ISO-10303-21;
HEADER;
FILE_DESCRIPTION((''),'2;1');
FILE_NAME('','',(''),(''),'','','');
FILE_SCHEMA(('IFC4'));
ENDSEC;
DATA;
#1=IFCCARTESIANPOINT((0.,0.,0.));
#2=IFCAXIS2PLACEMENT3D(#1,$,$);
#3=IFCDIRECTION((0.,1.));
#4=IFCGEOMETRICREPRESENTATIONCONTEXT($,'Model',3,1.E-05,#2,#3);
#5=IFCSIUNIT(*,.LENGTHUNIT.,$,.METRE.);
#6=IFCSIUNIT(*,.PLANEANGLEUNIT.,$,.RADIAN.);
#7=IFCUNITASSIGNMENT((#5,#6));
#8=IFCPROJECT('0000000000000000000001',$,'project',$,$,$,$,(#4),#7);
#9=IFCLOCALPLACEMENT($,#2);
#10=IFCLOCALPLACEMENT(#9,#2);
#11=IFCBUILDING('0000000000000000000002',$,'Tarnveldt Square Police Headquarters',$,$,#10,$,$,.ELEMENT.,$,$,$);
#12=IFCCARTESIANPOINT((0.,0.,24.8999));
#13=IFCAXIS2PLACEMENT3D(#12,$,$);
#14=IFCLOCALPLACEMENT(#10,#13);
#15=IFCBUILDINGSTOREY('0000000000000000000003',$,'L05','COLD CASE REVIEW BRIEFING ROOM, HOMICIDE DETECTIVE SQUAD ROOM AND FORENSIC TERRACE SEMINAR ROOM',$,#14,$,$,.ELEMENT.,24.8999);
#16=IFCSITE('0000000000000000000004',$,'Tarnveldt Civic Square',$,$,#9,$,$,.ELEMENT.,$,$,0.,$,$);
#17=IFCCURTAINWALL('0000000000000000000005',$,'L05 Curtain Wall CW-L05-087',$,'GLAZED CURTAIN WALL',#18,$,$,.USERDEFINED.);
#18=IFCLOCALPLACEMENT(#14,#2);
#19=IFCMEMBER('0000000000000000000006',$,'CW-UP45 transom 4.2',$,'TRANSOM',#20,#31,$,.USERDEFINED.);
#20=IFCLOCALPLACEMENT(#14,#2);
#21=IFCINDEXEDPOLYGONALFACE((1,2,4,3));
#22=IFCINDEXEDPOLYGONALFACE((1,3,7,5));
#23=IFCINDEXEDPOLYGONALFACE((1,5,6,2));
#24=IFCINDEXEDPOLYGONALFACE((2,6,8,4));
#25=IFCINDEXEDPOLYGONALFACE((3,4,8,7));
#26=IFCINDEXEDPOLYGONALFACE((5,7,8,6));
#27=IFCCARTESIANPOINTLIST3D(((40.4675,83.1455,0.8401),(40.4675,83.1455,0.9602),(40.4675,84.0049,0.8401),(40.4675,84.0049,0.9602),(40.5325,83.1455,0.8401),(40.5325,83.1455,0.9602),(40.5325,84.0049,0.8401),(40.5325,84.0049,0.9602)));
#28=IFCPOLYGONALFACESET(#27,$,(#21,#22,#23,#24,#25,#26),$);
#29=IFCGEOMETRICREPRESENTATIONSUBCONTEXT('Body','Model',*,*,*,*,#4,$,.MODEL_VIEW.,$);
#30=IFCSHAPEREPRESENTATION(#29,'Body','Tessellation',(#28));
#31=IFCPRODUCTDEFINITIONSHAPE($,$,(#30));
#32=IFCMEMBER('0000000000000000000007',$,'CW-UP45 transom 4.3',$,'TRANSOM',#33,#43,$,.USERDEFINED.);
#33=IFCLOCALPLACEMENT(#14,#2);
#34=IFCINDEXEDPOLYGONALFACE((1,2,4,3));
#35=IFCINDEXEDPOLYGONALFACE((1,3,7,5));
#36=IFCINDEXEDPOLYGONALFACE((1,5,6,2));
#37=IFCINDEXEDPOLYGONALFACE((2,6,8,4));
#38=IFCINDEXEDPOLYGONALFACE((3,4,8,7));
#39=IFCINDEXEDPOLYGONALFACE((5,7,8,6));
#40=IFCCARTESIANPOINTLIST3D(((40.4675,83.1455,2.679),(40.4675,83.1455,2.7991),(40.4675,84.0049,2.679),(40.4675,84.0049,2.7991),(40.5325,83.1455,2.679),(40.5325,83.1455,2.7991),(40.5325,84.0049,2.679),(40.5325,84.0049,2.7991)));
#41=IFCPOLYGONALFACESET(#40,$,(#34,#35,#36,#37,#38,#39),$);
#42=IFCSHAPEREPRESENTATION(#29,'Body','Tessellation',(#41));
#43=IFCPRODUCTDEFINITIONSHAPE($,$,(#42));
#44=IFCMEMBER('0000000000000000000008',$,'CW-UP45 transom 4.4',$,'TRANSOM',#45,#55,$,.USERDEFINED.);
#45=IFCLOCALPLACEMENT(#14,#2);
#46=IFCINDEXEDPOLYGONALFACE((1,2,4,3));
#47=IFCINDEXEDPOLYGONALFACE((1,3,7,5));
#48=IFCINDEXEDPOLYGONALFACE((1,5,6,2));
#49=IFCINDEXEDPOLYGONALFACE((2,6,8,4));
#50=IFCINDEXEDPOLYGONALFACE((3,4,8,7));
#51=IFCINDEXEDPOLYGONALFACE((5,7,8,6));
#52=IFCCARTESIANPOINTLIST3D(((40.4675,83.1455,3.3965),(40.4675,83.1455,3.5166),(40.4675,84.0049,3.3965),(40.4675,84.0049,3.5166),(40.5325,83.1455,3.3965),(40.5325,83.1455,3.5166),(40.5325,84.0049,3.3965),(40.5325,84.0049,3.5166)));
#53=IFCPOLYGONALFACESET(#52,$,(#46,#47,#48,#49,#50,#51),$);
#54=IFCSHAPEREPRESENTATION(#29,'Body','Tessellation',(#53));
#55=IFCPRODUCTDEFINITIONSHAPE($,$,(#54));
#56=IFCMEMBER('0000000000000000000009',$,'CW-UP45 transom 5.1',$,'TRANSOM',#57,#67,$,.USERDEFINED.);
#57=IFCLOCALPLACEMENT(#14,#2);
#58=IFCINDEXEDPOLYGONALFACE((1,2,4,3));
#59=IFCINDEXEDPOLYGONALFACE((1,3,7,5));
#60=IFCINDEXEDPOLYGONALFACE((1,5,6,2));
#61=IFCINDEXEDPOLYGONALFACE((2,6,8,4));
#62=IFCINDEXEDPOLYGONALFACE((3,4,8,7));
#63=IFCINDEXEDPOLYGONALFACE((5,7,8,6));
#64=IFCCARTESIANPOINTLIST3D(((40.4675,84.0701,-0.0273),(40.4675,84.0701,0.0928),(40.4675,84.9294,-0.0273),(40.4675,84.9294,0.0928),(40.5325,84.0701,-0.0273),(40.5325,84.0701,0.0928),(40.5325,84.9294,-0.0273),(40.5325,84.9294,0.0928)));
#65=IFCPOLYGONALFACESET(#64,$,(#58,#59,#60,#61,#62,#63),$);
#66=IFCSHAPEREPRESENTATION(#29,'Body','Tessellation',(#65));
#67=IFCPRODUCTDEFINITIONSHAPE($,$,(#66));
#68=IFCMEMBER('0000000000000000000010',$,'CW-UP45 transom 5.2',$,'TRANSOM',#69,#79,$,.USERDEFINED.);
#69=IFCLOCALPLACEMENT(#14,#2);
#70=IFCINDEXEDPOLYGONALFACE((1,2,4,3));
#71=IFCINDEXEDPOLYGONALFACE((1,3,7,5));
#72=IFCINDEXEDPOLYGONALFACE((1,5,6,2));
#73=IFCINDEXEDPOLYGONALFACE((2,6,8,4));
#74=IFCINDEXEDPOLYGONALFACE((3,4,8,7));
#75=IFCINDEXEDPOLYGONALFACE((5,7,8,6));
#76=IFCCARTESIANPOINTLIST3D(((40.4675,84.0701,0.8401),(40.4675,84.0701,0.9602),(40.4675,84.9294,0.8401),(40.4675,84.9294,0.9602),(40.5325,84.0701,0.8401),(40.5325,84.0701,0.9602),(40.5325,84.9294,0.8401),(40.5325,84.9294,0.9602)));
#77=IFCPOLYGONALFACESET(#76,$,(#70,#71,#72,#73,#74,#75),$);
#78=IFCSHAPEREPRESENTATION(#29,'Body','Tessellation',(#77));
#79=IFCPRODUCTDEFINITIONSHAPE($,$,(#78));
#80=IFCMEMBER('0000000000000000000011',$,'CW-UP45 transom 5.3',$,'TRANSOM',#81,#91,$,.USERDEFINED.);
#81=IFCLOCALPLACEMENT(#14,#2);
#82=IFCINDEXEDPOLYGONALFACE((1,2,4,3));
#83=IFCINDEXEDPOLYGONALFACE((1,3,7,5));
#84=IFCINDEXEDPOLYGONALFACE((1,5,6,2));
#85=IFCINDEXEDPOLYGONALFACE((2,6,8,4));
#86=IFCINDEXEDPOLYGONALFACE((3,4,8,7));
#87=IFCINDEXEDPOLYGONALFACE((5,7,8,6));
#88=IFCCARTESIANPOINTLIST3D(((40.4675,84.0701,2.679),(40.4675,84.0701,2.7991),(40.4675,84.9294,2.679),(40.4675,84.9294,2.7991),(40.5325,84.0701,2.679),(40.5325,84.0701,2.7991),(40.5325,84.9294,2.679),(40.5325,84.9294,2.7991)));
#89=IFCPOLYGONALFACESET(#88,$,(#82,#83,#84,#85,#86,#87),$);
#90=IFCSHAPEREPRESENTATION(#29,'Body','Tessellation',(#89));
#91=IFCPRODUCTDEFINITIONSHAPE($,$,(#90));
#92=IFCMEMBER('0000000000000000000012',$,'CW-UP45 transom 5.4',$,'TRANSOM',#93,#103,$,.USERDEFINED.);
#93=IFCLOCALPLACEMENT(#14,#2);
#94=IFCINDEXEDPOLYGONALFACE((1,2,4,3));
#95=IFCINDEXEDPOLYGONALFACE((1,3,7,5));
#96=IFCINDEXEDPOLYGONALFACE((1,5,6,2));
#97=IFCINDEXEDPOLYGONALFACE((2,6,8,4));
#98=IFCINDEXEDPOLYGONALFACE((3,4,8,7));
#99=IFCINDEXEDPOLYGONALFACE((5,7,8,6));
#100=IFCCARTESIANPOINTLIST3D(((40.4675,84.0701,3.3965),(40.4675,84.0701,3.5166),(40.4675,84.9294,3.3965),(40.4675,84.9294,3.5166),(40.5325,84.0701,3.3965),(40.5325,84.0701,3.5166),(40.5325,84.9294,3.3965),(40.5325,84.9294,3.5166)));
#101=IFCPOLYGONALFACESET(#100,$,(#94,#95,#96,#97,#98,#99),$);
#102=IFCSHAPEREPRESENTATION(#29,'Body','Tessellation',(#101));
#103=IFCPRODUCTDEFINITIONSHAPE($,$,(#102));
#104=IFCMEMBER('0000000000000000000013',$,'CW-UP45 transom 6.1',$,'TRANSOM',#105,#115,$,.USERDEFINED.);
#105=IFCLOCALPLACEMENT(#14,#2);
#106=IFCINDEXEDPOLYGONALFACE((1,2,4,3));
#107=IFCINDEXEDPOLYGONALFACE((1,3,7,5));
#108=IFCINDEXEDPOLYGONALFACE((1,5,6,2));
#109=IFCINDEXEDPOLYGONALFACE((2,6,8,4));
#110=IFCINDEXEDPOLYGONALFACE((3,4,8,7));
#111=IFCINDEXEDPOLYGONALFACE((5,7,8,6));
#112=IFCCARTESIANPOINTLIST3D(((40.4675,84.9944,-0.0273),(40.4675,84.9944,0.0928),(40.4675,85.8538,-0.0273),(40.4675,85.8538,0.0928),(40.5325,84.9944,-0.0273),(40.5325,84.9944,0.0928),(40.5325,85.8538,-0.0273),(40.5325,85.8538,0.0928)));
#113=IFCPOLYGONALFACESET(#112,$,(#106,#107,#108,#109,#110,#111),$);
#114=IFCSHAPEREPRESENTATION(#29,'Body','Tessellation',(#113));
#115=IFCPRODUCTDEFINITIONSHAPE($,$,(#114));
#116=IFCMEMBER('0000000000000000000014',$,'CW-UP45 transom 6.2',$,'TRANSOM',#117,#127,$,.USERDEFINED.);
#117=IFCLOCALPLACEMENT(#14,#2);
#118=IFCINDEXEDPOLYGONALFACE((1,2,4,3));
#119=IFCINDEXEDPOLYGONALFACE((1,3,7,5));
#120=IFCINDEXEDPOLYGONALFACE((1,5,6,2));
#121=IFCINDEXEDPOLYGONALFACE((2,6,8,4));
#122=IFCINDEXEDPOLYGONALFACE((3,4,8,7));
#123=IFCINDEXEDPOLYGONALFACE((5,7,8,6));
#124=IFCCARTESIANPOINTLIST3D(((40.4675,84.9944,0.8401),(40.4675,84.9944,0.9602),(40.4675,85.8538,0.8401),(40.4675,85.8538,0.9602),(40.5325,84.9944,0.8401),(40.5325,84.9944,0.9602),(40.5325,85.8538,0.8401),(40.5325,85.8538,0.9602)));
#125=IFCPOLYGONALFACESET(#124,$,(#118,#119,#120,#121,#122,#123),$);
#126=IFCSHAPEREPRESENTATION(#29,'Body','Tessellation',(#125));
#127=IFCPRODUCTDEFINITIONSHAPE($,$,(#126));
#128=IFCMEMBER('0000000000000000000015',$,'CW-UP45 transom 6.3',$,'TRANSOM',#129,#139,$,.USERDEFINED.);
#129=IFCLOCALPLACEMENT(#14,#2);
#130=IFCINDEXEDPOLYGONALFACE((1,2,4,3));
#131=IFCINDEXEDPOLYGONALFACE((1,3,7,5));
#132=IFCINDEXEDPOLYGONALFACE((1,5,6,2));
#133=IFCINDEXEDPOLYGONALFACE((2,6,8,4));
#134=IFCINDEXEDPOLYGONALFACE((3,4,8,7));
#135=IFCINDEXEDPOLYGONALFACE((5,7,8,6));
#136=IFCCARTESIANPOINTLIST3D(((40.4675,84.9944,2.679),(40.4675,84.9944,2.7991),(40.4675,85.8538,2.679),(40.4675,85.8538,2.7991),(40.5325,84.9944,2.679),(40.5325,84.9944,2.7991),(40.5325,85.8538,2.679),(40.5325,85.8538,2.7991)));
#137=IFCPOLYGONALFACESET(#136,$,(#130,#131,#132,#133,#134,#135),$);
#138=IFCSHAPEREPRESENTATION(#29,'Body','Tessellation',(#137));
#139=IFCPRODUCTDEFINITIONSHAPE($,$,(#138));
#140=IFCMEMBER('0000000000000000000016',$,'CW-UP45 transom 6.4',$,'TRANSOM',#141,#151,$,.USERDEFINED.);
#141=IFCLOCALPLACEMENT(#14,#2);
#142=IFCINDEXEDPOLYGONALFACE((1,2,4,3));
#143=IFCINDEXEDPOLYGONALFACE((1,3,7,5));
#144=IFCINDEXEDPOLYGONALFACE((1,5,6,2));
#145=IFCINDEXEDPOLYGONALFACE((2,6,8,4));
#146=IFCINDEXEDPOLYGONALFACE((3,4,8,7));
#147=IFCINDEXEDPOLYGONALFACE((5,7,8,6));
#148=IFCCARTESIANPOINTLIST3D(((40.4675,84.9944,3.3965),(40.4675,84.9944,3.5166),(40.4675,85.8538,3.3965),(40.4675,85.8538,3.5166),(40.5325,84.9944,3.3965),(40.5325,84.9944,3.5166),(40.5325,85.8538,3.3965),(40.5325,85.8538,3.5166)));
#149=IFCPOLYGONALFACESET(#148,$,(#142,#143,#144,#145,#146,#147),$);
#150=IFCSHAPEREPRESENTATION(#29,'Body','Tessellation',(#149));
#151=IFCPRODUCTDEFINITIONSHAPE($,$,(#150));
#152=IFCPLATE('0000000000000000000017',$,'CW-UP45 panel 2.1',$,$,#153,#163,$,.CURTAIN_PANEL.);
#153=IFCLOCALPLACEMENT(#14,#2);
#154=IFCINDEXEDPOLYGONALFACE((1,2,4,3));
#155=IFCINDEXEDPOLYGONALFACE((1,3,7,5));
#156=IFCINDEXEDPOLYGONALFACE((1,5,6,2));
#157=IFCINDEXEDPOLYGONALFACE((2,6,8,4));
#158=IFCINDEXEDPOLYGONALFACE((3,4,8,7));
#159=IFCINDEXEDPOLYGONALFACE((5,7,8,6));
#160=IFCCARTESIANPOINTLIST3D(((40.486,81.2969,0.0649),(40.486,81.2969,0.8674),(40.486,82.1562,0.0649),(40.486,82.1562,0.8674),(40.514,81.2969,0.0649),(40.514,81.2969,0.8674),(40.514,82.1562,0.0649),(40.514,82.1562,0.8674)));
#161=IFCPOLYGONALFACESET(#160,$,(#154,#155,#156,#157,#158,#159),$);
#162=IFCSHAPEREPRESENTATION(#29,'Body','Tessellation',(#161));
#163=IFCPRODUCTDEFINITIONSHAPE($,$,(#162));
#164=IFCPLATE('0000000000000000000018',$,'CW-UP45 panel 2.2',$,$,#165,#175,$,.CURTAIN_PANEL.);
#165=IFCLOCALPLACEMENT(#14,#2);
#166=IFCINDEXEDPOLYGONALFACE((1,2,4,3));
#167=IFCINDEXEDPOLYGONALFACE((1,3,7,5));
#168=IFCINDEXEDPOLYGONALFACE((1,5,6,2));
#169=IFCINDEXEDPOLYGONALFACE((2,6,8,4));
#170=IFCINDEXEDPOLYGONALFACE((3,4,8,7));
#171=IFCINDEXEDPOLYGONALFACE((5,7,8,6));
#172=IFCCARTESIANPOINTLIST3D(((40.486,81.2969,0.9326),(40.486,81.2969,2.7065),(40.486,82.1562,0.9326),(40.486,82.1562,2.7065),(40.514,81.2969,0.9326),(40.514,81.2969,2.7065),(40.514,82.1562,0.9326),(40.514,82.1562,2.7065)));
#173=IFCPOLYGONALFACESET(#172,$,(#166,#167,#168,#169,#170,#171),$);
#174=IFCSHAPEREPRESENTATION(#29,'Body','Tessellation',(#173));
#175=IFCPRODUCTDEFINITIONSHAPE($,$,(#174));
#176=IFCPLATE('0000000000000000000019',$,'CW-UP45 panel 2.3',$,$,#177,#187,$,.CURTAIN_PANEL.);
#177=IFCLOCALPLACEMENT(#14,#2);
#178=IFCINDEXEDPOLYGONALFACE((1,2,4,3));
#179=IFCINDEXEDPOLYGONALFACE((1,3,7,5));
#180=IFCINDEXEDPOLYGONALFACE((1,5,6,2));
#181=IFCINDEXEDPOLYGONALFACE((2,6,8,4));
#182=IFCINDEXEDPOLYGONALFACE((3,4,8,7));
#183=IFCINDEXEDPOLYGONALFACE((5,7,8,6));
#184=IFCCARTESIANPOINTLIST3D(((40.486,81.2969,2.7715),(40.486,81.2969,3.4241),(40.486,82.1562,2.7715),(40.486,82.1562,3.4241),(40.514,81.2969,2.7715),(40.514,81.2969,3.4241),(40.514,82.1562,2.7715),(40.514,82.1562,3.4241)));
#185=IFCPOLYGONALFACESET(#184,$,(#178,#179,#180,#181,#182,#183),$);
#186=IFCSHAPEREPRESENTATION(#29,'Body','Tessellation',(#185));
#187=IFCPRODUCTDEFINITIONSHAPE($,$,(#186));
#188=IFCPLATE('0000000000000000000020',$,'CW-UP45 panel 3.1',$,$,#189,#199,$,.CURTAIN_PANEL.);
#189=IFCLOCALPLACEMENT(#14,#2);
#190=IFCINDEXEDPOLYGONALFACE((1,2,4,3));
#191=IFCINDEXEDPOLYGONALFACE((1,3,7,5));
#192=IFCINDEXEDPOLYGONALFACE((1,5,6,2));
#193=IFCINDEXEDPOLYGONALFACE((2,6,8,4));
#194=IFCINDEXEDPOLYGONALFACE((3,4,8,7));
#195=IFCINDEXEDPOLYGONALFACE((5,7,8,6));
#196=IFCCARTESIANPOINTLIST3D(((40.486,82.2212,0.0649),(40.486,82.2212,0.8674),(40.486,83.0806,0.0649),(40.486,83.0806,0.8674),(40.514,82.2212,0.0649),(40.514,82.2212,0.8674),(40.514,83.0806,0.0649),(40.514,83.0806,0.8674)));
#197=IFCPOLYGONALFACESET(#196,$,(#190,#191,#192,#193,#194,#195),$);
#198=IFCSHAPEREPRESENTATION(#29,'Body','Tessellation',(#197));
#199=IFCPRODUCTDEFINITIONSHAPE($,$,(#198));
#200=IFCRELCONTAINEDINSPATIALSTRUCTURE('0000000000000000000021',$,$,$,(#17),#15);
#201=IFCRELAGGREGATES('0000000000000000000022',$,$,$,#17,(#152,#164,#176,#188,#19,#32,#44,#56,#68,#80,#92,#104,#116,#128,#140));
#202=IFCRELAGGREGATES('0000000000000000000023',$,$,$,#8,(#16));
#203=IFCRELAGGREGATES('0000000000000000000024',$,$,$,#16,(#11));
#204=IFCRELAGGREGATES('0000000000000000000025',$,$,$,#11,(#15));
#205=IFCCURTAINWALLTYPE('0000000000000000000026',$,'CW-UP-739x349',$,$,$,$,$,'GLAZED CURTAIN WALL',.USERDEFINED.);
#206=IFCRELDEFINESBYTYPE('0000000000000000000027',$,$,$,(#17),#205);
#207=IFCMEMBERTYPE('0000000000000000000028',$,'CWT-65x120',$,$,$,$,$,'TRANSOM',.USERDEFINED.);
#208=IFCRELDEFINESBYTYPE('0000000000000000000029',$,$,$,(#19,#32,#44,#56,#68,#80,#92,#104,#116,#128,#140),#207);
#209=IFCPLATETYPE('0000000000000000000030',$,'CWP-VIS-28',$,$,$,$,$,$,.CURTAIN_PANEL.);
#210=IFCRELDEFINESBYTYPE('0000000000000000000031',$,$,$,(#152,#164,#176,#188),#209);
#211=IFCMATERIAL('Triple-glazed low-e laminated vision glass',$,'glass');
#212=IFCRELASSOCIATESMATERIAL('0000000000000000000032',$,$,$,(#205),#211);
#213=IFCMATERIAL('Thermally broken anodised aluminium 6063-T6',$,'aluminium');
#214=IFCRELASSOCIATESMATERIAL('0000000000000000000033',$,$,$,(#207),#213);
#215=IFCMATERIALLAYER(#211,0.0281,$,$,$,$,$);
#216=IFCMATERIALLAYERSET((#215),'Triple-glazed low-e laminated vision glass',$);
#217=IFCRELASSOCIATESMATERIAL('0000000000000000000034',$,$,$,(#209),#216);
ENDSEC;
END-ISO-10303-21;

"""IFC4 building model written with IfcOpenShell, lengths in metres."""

from ifc_helpers import new_model, si_unit, direction, frame, origin, origin_2d, place, context, subcontext, project, spatial, rectangle, extrude, material, layer, layer_set, material_profile, profile_set, type_object, element, aggregate, save


model = new_model("IFC4")

# Units and contexts
model_context = context("Model", 3, precision=1e-05, world=origin(), true_north=direction((0.0, 1.0)))
body_context = subcontext(model_context, "Body", "Model", "MODEL_VIEW")
ifc_project = project(units=[si_unit("LENGTHUNIT", "METRE"), si_unit("PLANEANGLEUNIT", "RADIAN")], contexts=[model_context])

# Site, building, storey
site_placement = place(None, origin())
site = spatial("IfcSite", under=ifc_project, at=site_placement, Name="Tarnveldt Civic Square", CompositionType="ELEMENT", RefElevation=0.0)
building_placement = place(site_placement, origin())
building = spatial("IfcBuilding", under=site, at=building_placement, Name="Tarnveldt Square Police Headquarters", CompositionType="ELEMENT")
storey_placement = place(building_placement, frame((0.0, 0.0, 24.8999)))
storey = spatial("IfcBuildingStorey", under=building, at=storey_placement, Name="L05", Description="COLD CASE REVIEW BRIEFING ROOM, HOMICIDE DETECTIVE SQUAD ROOM AND FORENSIC TERRACE SEMINAR ROOM", CompositionType="ELEMENT", Elevation=24.8999)

# Curtain wall, members, plates
ifc_material_1 = material(Name="Triple-glazed low-e laminated vision glass", Category="glass")
curtain_wall_type = type_object("IfcCurtainWallType", Name="CW-UP-739x349", ElementType="GLAZED CURTAIN WALL", PredefinedType="USERDEFINED", material=ifc_material_1)
curtain_wall_placement = place(storey_placement, origin())
curtain_wall = element("IfcCurtainWall", 1, at=curtain_wall_placement, inside=storey, type_object=curtain_wall_type, Name="L05 Curtain Wall CW-L05-087", ObjectType="GLAZED CURTAIN WALL", PredefinedType="USERDEFINED")
ifc_material_2 = material(Name="Thermally broken anodised aluminium 6063-T6", Category="aluminium")
ifc_material_profile_1 = material_profile(ifc_material_2, rectangle(XDim=0.0649, YDim=0.1201, at=origin_2d()), Name="CW-T65x120")
ifc_profile_set_1 = profile_set([ifc_material_profile_1], Name="Thermally broken anodised aluminium 6063-T6")
member_type_1 = type_object("IfcMemberType", Name="CWT-65x120", ElementType="TRANSOM", PredefinedType="USERDEFINED", material=ifc_profile_set_1)
member_1_placement = place(storey_placement, frame((40.5, 83.1455, 0.9001), z_axis=(0.0, 1.0, 0.0), x_axis=(-1.0, 0.0, 0.0)))
member_1 = element("IfcMember", 2, at=member_1_placement, type_object=member_type_1, Name="CW-UP45 transom 4.2", ObjectType="TRANSOM", PredefinedType="USERDEFINED", context=body_context, shape_type="SweptSolid", body=[
    extrude(rectangle(XDim=0.0649, YDim=0.1201, at=origin_2d()), origin(), (0.0, 0.0, 1.0), 0.8594),
])
member_2_placement = place(storey_placement, frame((40.5, 83.1455, 2.739), z_axis=(0.0, 1.0, 0.0), x_axis=(-1.0, 0.0, 0.0)))
member_2 = element("IfcMember", 3, at=member_2_placement, type_object=member_type_1, Name="CW-UP45 transom 4.3", ObjectType="TRANSOM", PredefinedType="USERDEFINED", context=body_context, shape_type="SweptSolid", body=[
    extrude(rectangle(XDim=0.0649, YDim=0.1201, at=origin_2d()), origin(), (0.0, 0.0, 1.0), 0.8594),
])
member_3_placement = place(storey_placement, frame((40.5, 83.1455, 3.4565), z_axis=(0.0, 1.0, 0.0), x_axis=(-1.0, 0.0, 0.0)))
member_3 = element("IfcMember", 4, at=member_3_placement, type_object=member_type_1, Name="CW-UP45 transom 4.4", ObjectType="TRANSOM", PredefinedType="USERDEFINED", context=body_context, shape_type="SweptSolid", body=[
    extrude(rectangle(XDim=0.0649, YDim=0.1201, at=origin_2d()), origin(), (0.0, 0.0, 1.0), 0.8594),
])
member_4_placement = place(storey_placement, frame((40.5, 84.0701, 0.0327), z_axis=(0.0, 1.0, 0.0), x_axis=(-1.0, 0.0, 0.0)))
member_4 = element("IfcMember", 5, at=member_4_placement, type_object=member_type_1, Name="CW-UP45 transom 5.1", ObjectType="TRANSOM", PredefinedType="USERDEFINED", context=body_context, shape_type="SweptSolid", body=[
    extrude(rectangle(XDim=0.0649, YDim=0.1201, at=origin_2d()), origin(), (0.0, 0.0, 1.0), 0.8594),
])
member_5_placement = place(storey_placement, frame((40.5, 84.0701, 0.9001), z_axis=(0.0, 1.0, 0.0), x_axis=(-1.0, 0.0, 0.0)))
member_5 = element("IfcMember", 6, at=member_5_placement, type_object=member_type_1, Name="CW-UP45 transom 5.2", ObjectType="TRANSOM", PredefinedType="USERDEFINED", context=body_context, shape_type="SweptSolid", body=[
    extrude(rectangle(XDim=0.0649, YDim=0.1201, at=origin_2d()), origin(), (0.0, 0.0, 1.0), 0.8594),
])
member_6_placement = place(storey_placement, frame((40.5, 84.0701, 2.739), z_axis=(0.0, 1.0, 0.0), x_axis=(-1.0, 0.0, 0.0)))
member_6 = element("IfcMember", 7, at=member_6_placement, type_object=member_type_1, Name="CW-UP45 transom 5.3", ObjectType="TRANSOM", PredefinedType="USERDEFINED", context=body_context, shape_type="SweptSolid", body=[
    extrude(rectangle(XDim=0.0649, YDim=0.1201, at=origin_2d()), origin(), (0.0, 0.0, 1.0), 0.8594),
])
member_7_placement = place(storey_placement, frame((40.5, 84.0701, 3.4565), z_axis=(0.0, 1.0, 0.0), x_axis=(-1.0, 0.0, 0.0)))
member_7 = element("IfcMember", 8, at=member_7_placement, type_object=member_type_1, Name="CW-UP45 transom 5.4", ObjectType="TRANSOM", PredefinedType="USERDEFINED", context=body_context, shape_type="SweptSolid", body=[
    extrude(rectangle(XDim=0.0649, YDim=0.1201, at=origin_2d()), origin(), (0.0, 0.0, 1.0), 0.8594),
])
member_8_placement = place(storey_placement, frame((40.5, 84.9944, 0.0327), z_axis=(0.0, 1.0, 0.0), x_axis=(-1.0, 0.0, 0.0)))
member_8 = element("IfcMember", 9, at=member_8_placement, type_object=member_type_1, Name="CW-UP45 transom 6.1", ObjectType="TRANSOM", PredefinedType="USERDEFINED", context=body_context, shape_type="SweptSolid", body=[
    extrude(rectangle(XDim=0.0649, YDim=0.1201, at=origin_2d()), origin(), (0.0, 0.0, 1.0), 0.8594),
])
member_9_placement = place(storey_placement, frame((40.5, 84.9944, 0.9001), z_axis=(0.0, 1.0, 0.0), x_axis=(-1.0, 0.0, 0.0)))
member_9 = element("IfcMember", 10, at=member_9_placement, type_object=member_type_1, Name="CW-UP45 transom 6.2", ObjectType="TRANSOM", PredefinedType="USERDEFINED", context=body_context, shape_type="SweptSolid", body=[
    extrude(rectangle(XDim=0.0649, YDim=0.1201, at=origin_2d()), origin(), (0.0, 0.0, 1.0), 0.8594),
])
member_10_placement = place(storey_placement, frame((40.5, 84.9944, 2.739), z_axis=(0.0, 1.0, 0.0), x_axis=(-1.0, 0.0, 0.0)))
member_10 = element("IfcMember", 11, at=member_10_placement, type_object=member_type_1, Name="CW-UP45 transom 6.3", ObjectType="TRANSOM", PredefinedType="USERDEFINED", context=body_context, shape_type="SweptSolid", body=[
    extrude(rectangle(XDim=0.0649, YDim=0.1201, at=origin_2d()), origin(), (0.0, 0.0, 1.0), 0.8594),
])
member_11_placement = place(storey_placement, frame((40.5, 84.9944, 3.4565), z_axis=(0.0, 1.0, 0.0), x_axis=(-1.0, 0.0, 0.0)))
member_11 = element("IfcMember", 12, at=member_11_placement, type_object=member_type_1, Name="CW-UP45 transom 6.4", ObjectType="TRANSOM", PredefinedType="USERDEFINED", context=body_context, shape_type="SweptSolid", body=[
    extrude(rectangle(XDim=0.0649, YDim=0.1201, at=origin_2d()), origin(), (0.0, 0.0, 1.0), 0.8594),
])
ifc_layer = layer(ifc_material_1, 0.0281)
ifc_layer_set = layer_set([ifc_layer], Name="Triple-glazed low-e laminated vision glass")
plate_type = type_object("IfcPlateType", Name="CWP-VIS-28", PredefinedType="CURTAIN_PANEL", material=ifc_layer_set)
plate_1_placement = place(storey_placement, frame((40.5, 81.7266, 0.0649), z_axis=(0.0, 0.0, 1.0), x_axis=(0.0, 1.0, 0.0)))
plate_1 = element("IfcPlate", 13, at=plate_1_placement, type_object=plate_type, Name="CW-UP45 panel 2.1", PredefinedType="CURTAIN_PANEL", context=body_context, shape_type="SweptSolid", body=[
    extrude(rectangle(XDim=0.8594, YDim=0.0281, at=origin_2d()), origin(), (0.0, 0.0, 1.0), 0.8025),
])
plate_2_placement = place(storey_placement, frame((40.5, 81.7266, 0.9326), z_axis=(0.0, 0.0, 1.0), x_axis=(0.0, 1.0, 0.0)))
plate_2 = element("IfcPlate", 14, at=plate_2_placement, type_object=plate_type, Name="CW-UP45 panel 2.2", PredefinedType="CURTAIN_PANEL", context=body_context, shape_type="SweptSolid", body=[
    extrude(rectangle(XDim=0.8594, YDim=0.0281, at=origin_2d()), origin(), (0.0, 0.0, 1.0), 1.7739),
])
plate_3_placement = place(storey_placement, frame((40.5, 81.7266, 2.7715), z_axis=(0.0, 0.0, 1.0), x_axis=(0.0, 1.0, 0.0)))
plate_3 = element("IfcPlate", 15, at=plate_3_placement, type_object=plate_type, Name="CW-UP45 panel 2.3", PredefinedType="CURTAIN_PANEL", context=body_context, shape_type="SweptSolid", body=[
    extrude(rectangle(XDim=0.8594, YDim=0.0281, at=origin_2d()), origin(), (0.0, 0.0, 1.0), 0.6526),
])
plate_4_placement = place(storey_placement, frame((40.5, 82.6509, 0.0649), z_axis=(0.0, 0.0, 1.0), x_axis=(0.0, 1.0, 0.0)))
plate_4 = element("IfcPlate", 16, at=plate_4_placement, type_object=plate_type, Name="CW-UP45 panel 3.1", PredefinedType="CURTAIN_PANEL", context=body_context, shape_type="SweptSolid", body=[
    extrude(rectangle(XDim=0.8594, YDim=0.0281, at=origin_2d()), origin(), (0.0, 0.0, 1.0), 0.8025),
])
aggregate(curtain_wall, [plate_1, plate_2, plate_3, plate_4, member_1, member_2, member_3, member_4, member_5, member_6, member_7, member_8, member_9, member_10, member_11])

save(model, "model.ifc")
